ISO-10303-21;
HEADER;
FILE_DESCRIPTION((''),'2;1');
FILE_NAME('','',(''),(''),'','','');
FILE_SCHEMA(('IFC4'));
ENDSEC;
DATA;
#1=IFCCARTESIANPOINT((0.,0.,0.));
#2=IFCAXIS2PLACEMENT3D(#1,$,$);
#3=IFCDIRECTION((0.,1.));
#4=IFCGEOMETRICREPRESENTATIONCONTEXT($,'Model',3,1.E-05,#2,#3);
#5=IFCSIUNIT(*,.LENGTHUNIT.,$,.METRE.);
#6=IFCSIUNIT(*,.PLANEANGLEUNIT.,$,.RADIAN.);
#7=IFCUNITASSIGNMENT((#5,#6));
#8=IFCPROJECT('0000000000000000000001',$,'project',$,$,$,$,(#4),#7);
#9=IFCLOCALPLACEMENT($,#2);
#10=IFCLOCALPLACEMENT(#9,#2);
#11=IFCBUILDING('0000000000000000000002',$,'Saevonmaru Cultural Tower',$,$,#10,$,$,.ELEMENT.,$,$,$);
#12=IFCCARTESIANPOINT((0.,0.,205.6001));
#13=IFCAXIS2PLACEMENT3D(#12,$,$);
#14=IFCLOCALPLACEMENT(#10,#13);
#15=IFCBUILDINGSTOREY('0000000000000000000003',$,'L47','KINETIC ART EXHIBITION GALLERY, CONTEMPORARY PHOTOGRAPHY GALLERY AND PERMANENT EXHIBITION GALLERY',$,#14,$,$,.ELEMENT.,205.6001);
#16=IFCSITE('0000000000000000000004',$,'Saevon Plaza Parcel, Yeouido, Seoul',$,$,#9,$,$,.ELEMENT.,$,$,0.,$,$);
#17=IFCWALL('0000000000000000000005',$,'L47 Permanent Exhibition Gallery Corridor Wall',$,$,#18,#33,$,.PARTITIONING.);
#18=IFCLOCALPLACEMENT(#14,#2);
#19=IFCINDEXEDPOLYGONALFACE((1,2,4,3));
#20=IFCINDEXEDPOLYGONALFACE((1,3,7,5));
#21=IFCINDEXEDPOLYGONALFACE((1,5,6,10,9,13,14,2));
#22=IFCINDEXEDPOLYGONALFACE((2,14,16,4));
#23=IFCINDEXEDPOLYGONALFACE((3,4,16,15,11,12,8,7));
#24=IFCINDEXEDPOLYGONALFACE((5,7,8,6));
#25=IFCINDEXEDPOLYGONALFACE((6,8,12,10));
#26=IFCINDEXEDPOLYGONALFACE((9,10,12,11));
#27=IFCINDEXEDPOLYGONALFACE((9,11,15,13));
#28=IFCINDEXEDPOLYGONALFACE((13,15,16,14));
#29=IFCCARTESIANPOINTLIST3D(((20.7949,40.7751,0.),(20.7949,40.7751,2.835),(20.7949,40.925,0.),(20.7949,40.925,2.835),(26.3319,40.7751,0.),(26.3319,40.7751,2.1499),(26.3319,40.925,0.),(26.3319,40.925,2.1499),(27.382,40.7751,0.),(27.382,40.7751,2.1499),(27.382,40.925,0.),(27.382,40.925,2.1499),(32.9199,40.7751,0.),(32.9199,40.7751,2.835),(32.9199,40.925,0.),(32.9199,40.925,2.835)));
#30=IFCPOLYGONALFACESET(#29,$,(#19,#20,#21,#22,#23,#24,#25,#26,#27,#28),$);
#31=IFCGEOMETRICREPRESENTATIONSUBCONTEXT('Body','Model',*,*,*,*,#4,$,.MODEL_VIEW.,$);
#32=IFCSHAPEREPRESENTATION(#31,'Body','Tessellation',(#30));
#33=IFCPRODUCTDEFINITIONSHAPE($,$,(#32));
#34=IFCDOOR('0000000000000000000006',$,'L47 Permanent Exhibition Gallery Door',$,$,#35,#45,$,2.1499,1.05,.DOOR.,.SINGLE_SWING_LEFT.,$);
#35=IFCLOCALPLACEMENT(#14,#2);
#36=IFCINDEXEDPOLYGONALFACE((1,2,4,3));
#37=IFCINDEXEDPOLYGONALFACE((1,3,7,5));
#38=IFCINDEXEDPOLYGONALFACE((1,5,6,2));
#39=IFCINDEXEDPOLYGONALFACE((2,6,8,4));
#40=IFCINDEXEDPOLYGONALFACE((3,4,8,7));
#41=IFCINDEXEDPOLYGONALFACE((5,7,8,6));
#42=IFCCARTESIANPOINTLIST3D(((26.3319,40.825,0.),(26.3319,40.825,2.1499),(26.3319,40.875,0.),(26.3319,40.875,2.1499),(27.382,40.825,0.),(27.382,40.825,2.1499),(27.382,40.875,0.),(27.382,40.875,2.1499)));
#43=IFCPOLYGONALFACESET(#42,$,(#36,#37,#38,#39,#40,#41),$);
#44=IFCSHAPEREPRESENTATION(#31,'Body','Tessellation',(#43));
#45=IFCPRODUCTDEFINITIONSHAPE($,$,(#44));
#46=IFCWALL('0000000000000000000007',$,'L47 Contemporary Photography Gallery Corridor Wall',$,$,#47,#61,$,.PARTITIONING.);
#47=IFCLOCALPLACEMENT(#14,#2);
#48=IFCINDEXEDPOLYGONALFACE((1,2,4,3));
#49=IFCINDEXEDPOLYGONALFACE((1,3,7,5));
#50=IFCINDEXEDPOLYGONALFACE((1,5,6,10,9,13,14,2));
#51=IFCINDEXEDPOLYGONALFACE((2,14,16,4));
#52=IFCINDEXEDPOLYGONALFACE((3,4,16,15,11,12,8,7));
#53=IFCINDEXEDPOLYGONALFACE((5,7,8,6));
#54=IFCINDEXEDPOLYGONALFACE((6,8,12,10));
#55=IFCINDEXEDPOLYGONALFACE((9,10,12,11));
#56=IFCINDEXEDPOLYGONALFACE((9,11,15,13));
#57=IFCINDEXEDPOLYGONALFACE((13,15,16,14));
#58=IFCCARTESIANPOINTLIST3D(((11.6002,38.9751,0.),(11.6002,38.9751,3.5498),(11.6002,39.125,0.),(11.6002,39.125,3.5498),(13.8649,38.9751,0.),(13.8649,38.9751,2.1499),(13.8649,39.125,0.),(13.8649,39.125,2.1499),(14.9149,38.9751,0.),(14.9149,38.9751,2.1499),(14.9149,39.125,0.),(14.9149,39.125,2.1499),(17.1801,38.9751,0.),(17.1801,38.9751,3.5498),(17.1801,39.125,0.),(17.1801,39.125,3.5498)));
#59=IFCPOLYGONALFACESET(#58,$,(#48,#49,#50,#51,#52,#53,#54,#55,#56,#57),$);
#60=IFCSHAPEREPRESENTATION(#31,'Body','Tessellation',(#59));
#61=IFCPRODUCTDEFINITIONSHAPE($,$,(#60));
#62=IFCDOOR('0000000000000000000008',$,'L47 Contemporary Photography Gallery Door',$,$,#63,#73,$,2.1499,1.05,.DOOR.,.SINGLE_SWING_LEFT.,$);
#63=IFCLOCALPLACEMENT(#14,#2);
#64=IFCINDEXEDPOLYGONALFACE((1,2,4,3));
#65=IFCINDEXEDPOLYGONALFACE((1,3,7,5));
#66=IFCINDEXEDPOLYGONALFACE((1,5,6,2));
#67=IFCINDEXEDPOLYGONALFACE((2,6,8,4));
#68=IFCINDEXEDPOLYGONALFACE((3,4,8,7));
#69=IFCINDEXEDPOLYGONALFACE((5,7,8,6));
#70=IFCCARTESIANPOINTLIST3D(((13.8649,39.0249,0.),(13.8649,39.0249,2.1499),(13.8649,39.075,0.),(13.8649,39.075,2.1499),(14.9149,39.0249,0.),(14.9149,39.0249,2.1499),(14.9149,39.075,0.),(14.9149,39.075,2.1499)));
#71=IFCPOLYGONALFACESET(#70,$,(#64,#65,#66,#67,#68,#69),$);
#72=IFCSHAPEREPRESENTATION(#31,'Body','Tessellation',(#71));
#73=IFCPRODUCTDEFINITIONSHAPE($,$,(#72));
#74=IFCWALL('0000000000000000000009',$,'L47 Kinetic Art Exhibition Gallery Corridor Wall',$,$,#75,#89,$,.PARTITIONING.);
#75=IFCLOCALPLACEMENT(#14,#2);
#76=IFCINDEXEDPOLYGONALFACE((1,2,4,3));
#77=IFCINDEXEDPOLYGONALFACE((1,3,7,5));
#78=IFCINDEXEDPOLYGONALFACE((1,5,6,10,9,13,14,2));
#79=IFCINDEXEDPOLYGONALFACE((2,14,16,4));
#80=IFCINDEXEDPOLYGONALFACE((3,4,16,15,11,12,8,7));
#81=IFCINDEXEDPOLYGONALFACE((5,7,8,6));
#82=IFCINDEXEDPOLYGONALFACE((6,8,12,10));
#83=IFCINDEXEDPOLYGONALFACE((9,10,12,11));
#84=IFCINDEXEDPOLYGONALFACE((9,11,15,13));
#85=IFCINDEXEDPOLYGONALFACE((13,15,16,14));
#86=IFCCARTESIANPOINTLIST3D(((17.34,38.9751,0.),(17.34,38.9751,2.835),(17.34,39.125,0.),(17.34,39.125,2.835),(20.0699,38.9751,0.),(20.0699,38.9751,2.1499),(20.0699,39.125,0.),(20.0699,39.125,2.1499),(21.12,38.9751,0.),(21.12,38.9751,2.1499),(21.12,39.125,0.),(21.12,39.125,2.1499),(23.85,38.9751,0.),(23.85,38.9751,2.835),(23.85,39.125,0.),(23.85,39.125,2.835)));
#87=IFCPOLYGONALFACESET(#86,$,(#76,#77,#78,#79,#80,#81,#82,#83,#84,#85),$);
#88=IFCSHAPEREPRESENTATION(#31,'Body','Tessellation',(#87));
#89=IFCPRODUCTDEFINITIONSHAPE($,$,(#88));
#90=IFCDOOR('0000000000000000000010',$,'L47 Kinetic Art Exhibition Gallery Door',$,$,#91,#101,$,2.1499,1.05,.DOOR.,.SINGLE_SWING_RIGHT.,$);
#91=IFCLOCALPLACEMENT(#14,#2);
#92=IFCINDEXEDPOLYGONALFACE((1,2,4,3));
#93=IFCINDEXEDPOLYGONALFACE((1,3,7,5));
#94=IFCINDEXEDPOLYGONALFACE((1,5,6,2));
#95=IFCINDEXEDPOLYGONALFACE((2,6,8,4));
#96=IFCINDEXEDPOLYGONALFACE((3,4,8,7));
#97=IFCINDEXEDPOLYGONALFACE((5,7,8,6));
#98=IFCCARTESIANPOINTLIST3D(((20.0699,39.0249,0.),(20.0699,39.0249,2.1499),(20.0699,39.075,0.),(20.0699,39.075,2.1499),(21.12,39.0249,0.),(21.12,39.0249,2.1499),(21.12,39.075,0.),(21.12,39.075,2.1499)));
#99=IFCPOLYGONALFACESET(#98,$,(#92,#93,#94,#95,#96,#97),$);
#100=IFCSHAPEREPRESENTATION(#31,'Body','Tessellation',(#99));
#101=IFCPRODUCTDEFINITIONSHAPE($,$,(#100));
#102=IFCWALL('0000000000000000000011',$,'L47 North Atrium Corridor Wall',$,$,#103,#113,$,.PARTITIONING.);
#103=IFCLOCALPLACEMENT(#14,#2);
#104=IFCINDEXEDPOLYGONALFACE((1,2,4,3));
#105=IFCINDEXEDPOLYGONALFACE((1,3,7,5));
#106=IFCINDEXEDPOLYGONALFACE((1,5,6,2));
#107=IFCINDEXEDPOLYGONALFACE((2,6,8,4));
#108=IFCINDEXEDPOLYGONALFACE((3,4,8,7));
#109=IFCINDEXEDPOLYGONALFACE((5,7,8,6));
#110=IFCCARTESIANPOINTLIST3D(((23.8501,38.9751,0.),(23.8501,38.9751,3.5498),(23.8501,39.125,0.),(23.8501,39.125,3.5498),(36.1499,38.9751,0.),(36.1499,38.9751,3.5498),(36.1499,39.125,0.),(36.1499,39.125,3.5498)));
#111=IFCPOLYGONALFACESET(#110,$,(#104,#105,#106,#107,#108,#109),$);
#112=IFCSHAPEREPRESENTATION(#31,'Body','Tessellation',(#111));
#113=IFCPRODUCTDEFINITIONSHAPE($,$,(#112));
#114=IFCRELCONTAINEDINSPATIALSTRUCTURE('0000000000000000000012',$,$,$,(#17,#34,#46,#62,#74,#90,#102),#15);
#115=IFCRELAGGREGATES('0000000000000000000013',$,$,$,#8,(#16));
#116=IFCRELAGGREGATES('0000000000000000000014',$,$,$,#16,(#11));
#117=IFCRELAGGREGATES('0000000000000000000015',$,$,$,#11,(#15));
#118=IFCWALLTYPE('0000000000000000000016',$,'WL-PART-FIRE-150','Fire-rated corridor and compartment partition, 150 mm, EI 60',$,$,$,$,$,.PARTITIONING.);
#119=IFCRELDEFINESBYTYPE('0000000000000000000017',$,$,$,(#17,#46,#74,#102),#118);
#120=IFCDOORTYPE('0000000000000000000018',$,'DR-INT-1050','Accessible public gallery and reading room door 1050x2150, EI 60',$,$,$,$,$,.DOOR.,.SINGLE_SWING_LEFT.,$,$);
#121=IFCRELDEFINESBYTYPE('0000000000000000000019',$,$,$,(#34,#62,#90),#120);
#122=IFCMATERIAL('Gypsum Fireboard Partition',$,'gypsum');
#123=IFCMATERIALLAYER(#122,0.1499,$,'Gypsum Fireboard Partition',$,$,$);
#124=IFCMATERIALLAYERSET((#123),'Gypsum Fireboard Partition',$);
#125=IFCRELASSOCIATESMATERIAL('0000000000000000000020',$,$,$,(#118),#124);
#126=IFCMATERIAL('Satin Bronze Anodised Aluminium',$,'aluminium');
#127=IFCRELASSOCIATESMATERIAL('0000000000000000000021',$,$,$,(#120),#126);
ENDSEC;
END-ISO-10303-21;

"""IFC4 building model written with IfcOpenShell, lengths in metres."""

from ifc_helpers import new_model, si_unit, direction, frame, frame_2d, origin, place, context, subcontext, project, spatial, rectangle, extrude, material, layer, layer_set, type_object, element, fill, save


model = new_model("IFC4")

# Units and contexts
model_context = context("Model", 3, precision=1e-05, world=origin(), true_north=direction((0.0, 1.0)))
body_context = subcontext(model_context, "Body", "Model", "MODEL_VIEW")
ifc_project = project(units=[si_unit("LENGTHUNIT", "METRE"), si_unit("PLANEANGLEUNIT", "RADIAN")], contexts=[model_context])

# Site, building, storey
site_placement = place(None, origin())
site = spatial("IfcSite", under=ifc_project, at=site_placement, Name="Saevon Plaza Parcel, Yeouido, Seoul", CompositionType="ELEMENT", RefElevation=0.0)
building_placement = place(site_placement, origin())
building = spatial("IfcBuilding", under=site, at=building_placement, Name="Saevonmaru Cultural Tower", CompositionType="ELEMENT")
storey_placement = place(building_placement, frame((0.0, 0.0, 205.6001)))
storey = spatial("IfcBuildingStorey", under=building, at=storey_placement, Name="L47", Description="KINETIC ART EXHIBITION GALLERY, CONTEMPORARY PHOTOGRAPHY GALLERY AND PERMANENT EXHIBITION GALLERY", CompositionType="ELEMENT", Elevation=205.6001)

# Shared definitions
ifc_material_1 = material(Name="Satin Bronze Anodised Aluminium", Category="aluminium")

# Shared definitions
ifc_material_2 = material(Name="Gypsum Fireboard Partition", Category="gypsum")
ifc_layer_1 = layer(ifc_material_2, 0.1499, Name="Gypsum Fireboard Partition")
ifc_layer_set_1 = layer_set([ifc_layer_1], Name="Gypsum Fireboard Partition")
wall_type = type_object("IfcWallType", Name="WL-PART-FIRE-150", Description="Fire-rated corridor and compartment partition, 150 mm, EI 60", PredefinedType="PARTITIONING", material=ifc_layer_set_1)
door_type = type_object("IfcDoorType", Name="DR-INT-1050", Description="Accessible public gallery and reading room door 1050x2150, EI 60", OperationType="SINGLE_SWING_LEFT", PredefinedType="DOOR", material=ifc_material_1)

# Walls, openings, doors
wall_1_placement = place(storey_placement, frame((20.7949, 40.8501, 0.0), z_axis=(0.0, 0.0, 1.0), x_axis=(1.0, 0.0, 0.0)))
wall_1 = element("IfcWall", 1, at=wall_1_placement, inside=storey, type_object=wall_type, Name="L47 Permanent Exhibition Gallery Corridor Wall", PredefinedType="PARTITIONING", context=body_context, shape_type="SweptSolid", body=[
    extrude(rectangle(XDim=12.125, YDim=0.1499, at=frame_2d((6.0625, 0.0))), origin(), (0.0, 0.0, 1.0), 2.835),
])
opening_1_placement = place(wall_1_placement, frame((5.5371, 0.0, 0.0)))
opening_1 = element("IfcOpeningElement", 2, at=opening_1_placement, cuts=wall_1, PredefinedType="OPENING", context=body_context, shape_type="SweptSolid", body=[
    extrude(rectangle(XDim=1.05, YDim=2.1499, at=frame_2d((0.5249, 1.075))), frame((0.0, 0.085, 0.0), z_axis=(0.0, -1.0, 0.0), x_axis=(1.0, 0.0, 0.0)), (0.0, 0.0, 1.0), 0.1699),
])
door_1_placement = place(opening_1_placement, origin())
door_1 = element("IfcDoor", 3, at=door_1_placement, inside=storey, type_object=door_type, Name="L47 Permanent Exhibition Gallery Door", OperationType="SINGLE_SWING_LEFT", OverallHeight=2.1499, OverallWidth=1.05, PredefinedType="DOOR", context=body_context, shape_type="SweptSolid", body=[
    extrude(rectangle(XDim=1.05, YDim=2.1499, at=frame_2d((0.5249, 1.075))), frame((0.0, 0.0249, 0.0), z_axis=(0.0, -1.0, 0.0), x_axis=(1.0, 0.0, 0.0)), (0.0, 0.0, 1.0), 0.05),
])
fill(opening_1, door_1)
wall_2_placement = place(storey_placement, frame((11.6001, 39.05, 0.0), z_axis=(0.0, 0.0, 1.0), x_axis=(1.0, 0.0, 0.0)))
wall_2 = element("IfcWall", 4, at=wall_2_placement, inside=storey, type_object=wall_type, Name="L47 Contemporary Photography Gallery Corridor Wall", PredefinedType="PARTITIONING", context=body_context, shape_type="SweptSolid", body=[
    extrude(rectangle(XDim=5.5798, YDim=0.1499, at=frame_2d((2.79, 0.0))), origin(), (0.0, 0.0, 1.0), 3.5498),
])
opening_2_placement = place(wall_2_placement, frame((2.2649, 0.0, 0.0)))
opening_2 = element("IfcOpeningElement", 5, at=opening_2_placement, cuts=wall_2, PredefinedType="OPENING", context=body_context, shape_type="SweptSolid", body=[
    extrude(rectangle(XDim=1.05, YDim=2.1499, at=frame_2d((0.5249, 1.075))), frame((0.0, 0.085, 0.0), z_axis=(0.0, -1.0, 0.0), x_axis=(1.0, 0.0, 0.0)), (0.0, 0.0, 1.0), 0.1699),
])
door_2_placement = place(opening_2_placement, origin())
door_2 = element("IfcDoor", 6, at=door_2_placement, inside=storey, type_object=door_type, Name="L47 Contemporary Photography Gallery Door", OperationType="SINGLE_SWING_LEFT", OverallHeight=2.1499, OverallWidth=1.05, PredefinedType="DOOR", context=body_context, shape_type="SweptSolid", body=[
    extrude(rectangle(XDim=1.05, YDim=2.1499, at=frame_2d((0.5249, 1.075))), frame((0.0, 0.0249, 0.0), z_axis=(0.0, -1.0, 0.0), x_axis=(1.0, 0.0, 0.0)), (0.0, 0.0, 1.0), 0.05),
])
fill(opening_2, door_2)
wall_3_placement = place(storey_placement, frame((17.3401, 39.05, 0.0), z_axis=(0.0, 0.0, 1.0), x_axis=(1.0, 0.0, 0.0)))
wall_3 = element("IfcWall", 7, at=wall_3_placement, inside=storey, type_object=wall_type, Name="L47 Kinetic Art Exhibition Gallery Corridor Wall", PredefinedType="PARTITIONING", context=body_context, shape_type="SweptSolid", body=[
    extrude(rectangle(XDim=6.51, YDim=0.1499, at=frame_2d((3.2549, 0.0))), origin(), (0.0, 0.0, 1.0), 2.835),
])
opening_3_placement = place(wall_3_placement, frame((2.73, 0.0, 0.0)))
opening_3 = element("IfcOpeningElement", 8, at=opening_3_placement, cuts=wall_3, PredefinedType="OPENING", context=body_context, shape_type="SweptSolid", body=[
    extrude(rectangle(XDim=1.05, YDim=2.1499, at=frame_2d((0.5249, 1.075))), frame((0.0, 0.085, 0.0), z_axis=(0.0, -1.0, 0.0), x_axis=(1.0, 0.0, 0.0)), (0.0, 0.0, 1.0), 0.1699),
])
door_3_placement = place(opening_3_placement, origin())
door_3 = element("IfcDoor", 9, at=door_3_placement, inside=storey, type_object=door_type, Name="L47 Kinetic Art Exhibition Gallery Door", OperationType="SINGLE_SWING_RIGHT", OverallHeight=2.1499, OverallWidth=1.05, PredefinedType="DOOR", context=body_context, shape_type="SweptSolid", body=[
    extrude(rectangle(XDim=1.05, YDim=2.1499, at=frame_2d((0.5249, 1.075))), frame((0.0, 0.0249, 0.0), z_axis=(0.0, -1.0, 0.0), x_axis=(1.0, 0.0, 0.0)), (0.0, 0.0, 1.0), 0.05),
])
fill(opening_3, door_3)

# Wall
wall_4_placement = place(storey_placement, frame((23.8501, 39.05, 0.0), z_axis=(0.0, 0.0, 1.0), x_axis=(1.0, 0.0, 0.0)))
element("IfcWall", 10, at=wall_4_placement, inside=storey, type_object=wall_type, Name="L47 North Atrium Corridor Wall", PredefinedType="PARTITIONING", context=body_context, shape_type="SweptSolid", body=[
    extrude(rectangle(XDim=12.2998, YDim=0.1499, at=frame_2d((6.1499, 0.0))), origin(), (0.0, 0.0, 1.0), 3.5498),
])

save(model, "model.ifc")
